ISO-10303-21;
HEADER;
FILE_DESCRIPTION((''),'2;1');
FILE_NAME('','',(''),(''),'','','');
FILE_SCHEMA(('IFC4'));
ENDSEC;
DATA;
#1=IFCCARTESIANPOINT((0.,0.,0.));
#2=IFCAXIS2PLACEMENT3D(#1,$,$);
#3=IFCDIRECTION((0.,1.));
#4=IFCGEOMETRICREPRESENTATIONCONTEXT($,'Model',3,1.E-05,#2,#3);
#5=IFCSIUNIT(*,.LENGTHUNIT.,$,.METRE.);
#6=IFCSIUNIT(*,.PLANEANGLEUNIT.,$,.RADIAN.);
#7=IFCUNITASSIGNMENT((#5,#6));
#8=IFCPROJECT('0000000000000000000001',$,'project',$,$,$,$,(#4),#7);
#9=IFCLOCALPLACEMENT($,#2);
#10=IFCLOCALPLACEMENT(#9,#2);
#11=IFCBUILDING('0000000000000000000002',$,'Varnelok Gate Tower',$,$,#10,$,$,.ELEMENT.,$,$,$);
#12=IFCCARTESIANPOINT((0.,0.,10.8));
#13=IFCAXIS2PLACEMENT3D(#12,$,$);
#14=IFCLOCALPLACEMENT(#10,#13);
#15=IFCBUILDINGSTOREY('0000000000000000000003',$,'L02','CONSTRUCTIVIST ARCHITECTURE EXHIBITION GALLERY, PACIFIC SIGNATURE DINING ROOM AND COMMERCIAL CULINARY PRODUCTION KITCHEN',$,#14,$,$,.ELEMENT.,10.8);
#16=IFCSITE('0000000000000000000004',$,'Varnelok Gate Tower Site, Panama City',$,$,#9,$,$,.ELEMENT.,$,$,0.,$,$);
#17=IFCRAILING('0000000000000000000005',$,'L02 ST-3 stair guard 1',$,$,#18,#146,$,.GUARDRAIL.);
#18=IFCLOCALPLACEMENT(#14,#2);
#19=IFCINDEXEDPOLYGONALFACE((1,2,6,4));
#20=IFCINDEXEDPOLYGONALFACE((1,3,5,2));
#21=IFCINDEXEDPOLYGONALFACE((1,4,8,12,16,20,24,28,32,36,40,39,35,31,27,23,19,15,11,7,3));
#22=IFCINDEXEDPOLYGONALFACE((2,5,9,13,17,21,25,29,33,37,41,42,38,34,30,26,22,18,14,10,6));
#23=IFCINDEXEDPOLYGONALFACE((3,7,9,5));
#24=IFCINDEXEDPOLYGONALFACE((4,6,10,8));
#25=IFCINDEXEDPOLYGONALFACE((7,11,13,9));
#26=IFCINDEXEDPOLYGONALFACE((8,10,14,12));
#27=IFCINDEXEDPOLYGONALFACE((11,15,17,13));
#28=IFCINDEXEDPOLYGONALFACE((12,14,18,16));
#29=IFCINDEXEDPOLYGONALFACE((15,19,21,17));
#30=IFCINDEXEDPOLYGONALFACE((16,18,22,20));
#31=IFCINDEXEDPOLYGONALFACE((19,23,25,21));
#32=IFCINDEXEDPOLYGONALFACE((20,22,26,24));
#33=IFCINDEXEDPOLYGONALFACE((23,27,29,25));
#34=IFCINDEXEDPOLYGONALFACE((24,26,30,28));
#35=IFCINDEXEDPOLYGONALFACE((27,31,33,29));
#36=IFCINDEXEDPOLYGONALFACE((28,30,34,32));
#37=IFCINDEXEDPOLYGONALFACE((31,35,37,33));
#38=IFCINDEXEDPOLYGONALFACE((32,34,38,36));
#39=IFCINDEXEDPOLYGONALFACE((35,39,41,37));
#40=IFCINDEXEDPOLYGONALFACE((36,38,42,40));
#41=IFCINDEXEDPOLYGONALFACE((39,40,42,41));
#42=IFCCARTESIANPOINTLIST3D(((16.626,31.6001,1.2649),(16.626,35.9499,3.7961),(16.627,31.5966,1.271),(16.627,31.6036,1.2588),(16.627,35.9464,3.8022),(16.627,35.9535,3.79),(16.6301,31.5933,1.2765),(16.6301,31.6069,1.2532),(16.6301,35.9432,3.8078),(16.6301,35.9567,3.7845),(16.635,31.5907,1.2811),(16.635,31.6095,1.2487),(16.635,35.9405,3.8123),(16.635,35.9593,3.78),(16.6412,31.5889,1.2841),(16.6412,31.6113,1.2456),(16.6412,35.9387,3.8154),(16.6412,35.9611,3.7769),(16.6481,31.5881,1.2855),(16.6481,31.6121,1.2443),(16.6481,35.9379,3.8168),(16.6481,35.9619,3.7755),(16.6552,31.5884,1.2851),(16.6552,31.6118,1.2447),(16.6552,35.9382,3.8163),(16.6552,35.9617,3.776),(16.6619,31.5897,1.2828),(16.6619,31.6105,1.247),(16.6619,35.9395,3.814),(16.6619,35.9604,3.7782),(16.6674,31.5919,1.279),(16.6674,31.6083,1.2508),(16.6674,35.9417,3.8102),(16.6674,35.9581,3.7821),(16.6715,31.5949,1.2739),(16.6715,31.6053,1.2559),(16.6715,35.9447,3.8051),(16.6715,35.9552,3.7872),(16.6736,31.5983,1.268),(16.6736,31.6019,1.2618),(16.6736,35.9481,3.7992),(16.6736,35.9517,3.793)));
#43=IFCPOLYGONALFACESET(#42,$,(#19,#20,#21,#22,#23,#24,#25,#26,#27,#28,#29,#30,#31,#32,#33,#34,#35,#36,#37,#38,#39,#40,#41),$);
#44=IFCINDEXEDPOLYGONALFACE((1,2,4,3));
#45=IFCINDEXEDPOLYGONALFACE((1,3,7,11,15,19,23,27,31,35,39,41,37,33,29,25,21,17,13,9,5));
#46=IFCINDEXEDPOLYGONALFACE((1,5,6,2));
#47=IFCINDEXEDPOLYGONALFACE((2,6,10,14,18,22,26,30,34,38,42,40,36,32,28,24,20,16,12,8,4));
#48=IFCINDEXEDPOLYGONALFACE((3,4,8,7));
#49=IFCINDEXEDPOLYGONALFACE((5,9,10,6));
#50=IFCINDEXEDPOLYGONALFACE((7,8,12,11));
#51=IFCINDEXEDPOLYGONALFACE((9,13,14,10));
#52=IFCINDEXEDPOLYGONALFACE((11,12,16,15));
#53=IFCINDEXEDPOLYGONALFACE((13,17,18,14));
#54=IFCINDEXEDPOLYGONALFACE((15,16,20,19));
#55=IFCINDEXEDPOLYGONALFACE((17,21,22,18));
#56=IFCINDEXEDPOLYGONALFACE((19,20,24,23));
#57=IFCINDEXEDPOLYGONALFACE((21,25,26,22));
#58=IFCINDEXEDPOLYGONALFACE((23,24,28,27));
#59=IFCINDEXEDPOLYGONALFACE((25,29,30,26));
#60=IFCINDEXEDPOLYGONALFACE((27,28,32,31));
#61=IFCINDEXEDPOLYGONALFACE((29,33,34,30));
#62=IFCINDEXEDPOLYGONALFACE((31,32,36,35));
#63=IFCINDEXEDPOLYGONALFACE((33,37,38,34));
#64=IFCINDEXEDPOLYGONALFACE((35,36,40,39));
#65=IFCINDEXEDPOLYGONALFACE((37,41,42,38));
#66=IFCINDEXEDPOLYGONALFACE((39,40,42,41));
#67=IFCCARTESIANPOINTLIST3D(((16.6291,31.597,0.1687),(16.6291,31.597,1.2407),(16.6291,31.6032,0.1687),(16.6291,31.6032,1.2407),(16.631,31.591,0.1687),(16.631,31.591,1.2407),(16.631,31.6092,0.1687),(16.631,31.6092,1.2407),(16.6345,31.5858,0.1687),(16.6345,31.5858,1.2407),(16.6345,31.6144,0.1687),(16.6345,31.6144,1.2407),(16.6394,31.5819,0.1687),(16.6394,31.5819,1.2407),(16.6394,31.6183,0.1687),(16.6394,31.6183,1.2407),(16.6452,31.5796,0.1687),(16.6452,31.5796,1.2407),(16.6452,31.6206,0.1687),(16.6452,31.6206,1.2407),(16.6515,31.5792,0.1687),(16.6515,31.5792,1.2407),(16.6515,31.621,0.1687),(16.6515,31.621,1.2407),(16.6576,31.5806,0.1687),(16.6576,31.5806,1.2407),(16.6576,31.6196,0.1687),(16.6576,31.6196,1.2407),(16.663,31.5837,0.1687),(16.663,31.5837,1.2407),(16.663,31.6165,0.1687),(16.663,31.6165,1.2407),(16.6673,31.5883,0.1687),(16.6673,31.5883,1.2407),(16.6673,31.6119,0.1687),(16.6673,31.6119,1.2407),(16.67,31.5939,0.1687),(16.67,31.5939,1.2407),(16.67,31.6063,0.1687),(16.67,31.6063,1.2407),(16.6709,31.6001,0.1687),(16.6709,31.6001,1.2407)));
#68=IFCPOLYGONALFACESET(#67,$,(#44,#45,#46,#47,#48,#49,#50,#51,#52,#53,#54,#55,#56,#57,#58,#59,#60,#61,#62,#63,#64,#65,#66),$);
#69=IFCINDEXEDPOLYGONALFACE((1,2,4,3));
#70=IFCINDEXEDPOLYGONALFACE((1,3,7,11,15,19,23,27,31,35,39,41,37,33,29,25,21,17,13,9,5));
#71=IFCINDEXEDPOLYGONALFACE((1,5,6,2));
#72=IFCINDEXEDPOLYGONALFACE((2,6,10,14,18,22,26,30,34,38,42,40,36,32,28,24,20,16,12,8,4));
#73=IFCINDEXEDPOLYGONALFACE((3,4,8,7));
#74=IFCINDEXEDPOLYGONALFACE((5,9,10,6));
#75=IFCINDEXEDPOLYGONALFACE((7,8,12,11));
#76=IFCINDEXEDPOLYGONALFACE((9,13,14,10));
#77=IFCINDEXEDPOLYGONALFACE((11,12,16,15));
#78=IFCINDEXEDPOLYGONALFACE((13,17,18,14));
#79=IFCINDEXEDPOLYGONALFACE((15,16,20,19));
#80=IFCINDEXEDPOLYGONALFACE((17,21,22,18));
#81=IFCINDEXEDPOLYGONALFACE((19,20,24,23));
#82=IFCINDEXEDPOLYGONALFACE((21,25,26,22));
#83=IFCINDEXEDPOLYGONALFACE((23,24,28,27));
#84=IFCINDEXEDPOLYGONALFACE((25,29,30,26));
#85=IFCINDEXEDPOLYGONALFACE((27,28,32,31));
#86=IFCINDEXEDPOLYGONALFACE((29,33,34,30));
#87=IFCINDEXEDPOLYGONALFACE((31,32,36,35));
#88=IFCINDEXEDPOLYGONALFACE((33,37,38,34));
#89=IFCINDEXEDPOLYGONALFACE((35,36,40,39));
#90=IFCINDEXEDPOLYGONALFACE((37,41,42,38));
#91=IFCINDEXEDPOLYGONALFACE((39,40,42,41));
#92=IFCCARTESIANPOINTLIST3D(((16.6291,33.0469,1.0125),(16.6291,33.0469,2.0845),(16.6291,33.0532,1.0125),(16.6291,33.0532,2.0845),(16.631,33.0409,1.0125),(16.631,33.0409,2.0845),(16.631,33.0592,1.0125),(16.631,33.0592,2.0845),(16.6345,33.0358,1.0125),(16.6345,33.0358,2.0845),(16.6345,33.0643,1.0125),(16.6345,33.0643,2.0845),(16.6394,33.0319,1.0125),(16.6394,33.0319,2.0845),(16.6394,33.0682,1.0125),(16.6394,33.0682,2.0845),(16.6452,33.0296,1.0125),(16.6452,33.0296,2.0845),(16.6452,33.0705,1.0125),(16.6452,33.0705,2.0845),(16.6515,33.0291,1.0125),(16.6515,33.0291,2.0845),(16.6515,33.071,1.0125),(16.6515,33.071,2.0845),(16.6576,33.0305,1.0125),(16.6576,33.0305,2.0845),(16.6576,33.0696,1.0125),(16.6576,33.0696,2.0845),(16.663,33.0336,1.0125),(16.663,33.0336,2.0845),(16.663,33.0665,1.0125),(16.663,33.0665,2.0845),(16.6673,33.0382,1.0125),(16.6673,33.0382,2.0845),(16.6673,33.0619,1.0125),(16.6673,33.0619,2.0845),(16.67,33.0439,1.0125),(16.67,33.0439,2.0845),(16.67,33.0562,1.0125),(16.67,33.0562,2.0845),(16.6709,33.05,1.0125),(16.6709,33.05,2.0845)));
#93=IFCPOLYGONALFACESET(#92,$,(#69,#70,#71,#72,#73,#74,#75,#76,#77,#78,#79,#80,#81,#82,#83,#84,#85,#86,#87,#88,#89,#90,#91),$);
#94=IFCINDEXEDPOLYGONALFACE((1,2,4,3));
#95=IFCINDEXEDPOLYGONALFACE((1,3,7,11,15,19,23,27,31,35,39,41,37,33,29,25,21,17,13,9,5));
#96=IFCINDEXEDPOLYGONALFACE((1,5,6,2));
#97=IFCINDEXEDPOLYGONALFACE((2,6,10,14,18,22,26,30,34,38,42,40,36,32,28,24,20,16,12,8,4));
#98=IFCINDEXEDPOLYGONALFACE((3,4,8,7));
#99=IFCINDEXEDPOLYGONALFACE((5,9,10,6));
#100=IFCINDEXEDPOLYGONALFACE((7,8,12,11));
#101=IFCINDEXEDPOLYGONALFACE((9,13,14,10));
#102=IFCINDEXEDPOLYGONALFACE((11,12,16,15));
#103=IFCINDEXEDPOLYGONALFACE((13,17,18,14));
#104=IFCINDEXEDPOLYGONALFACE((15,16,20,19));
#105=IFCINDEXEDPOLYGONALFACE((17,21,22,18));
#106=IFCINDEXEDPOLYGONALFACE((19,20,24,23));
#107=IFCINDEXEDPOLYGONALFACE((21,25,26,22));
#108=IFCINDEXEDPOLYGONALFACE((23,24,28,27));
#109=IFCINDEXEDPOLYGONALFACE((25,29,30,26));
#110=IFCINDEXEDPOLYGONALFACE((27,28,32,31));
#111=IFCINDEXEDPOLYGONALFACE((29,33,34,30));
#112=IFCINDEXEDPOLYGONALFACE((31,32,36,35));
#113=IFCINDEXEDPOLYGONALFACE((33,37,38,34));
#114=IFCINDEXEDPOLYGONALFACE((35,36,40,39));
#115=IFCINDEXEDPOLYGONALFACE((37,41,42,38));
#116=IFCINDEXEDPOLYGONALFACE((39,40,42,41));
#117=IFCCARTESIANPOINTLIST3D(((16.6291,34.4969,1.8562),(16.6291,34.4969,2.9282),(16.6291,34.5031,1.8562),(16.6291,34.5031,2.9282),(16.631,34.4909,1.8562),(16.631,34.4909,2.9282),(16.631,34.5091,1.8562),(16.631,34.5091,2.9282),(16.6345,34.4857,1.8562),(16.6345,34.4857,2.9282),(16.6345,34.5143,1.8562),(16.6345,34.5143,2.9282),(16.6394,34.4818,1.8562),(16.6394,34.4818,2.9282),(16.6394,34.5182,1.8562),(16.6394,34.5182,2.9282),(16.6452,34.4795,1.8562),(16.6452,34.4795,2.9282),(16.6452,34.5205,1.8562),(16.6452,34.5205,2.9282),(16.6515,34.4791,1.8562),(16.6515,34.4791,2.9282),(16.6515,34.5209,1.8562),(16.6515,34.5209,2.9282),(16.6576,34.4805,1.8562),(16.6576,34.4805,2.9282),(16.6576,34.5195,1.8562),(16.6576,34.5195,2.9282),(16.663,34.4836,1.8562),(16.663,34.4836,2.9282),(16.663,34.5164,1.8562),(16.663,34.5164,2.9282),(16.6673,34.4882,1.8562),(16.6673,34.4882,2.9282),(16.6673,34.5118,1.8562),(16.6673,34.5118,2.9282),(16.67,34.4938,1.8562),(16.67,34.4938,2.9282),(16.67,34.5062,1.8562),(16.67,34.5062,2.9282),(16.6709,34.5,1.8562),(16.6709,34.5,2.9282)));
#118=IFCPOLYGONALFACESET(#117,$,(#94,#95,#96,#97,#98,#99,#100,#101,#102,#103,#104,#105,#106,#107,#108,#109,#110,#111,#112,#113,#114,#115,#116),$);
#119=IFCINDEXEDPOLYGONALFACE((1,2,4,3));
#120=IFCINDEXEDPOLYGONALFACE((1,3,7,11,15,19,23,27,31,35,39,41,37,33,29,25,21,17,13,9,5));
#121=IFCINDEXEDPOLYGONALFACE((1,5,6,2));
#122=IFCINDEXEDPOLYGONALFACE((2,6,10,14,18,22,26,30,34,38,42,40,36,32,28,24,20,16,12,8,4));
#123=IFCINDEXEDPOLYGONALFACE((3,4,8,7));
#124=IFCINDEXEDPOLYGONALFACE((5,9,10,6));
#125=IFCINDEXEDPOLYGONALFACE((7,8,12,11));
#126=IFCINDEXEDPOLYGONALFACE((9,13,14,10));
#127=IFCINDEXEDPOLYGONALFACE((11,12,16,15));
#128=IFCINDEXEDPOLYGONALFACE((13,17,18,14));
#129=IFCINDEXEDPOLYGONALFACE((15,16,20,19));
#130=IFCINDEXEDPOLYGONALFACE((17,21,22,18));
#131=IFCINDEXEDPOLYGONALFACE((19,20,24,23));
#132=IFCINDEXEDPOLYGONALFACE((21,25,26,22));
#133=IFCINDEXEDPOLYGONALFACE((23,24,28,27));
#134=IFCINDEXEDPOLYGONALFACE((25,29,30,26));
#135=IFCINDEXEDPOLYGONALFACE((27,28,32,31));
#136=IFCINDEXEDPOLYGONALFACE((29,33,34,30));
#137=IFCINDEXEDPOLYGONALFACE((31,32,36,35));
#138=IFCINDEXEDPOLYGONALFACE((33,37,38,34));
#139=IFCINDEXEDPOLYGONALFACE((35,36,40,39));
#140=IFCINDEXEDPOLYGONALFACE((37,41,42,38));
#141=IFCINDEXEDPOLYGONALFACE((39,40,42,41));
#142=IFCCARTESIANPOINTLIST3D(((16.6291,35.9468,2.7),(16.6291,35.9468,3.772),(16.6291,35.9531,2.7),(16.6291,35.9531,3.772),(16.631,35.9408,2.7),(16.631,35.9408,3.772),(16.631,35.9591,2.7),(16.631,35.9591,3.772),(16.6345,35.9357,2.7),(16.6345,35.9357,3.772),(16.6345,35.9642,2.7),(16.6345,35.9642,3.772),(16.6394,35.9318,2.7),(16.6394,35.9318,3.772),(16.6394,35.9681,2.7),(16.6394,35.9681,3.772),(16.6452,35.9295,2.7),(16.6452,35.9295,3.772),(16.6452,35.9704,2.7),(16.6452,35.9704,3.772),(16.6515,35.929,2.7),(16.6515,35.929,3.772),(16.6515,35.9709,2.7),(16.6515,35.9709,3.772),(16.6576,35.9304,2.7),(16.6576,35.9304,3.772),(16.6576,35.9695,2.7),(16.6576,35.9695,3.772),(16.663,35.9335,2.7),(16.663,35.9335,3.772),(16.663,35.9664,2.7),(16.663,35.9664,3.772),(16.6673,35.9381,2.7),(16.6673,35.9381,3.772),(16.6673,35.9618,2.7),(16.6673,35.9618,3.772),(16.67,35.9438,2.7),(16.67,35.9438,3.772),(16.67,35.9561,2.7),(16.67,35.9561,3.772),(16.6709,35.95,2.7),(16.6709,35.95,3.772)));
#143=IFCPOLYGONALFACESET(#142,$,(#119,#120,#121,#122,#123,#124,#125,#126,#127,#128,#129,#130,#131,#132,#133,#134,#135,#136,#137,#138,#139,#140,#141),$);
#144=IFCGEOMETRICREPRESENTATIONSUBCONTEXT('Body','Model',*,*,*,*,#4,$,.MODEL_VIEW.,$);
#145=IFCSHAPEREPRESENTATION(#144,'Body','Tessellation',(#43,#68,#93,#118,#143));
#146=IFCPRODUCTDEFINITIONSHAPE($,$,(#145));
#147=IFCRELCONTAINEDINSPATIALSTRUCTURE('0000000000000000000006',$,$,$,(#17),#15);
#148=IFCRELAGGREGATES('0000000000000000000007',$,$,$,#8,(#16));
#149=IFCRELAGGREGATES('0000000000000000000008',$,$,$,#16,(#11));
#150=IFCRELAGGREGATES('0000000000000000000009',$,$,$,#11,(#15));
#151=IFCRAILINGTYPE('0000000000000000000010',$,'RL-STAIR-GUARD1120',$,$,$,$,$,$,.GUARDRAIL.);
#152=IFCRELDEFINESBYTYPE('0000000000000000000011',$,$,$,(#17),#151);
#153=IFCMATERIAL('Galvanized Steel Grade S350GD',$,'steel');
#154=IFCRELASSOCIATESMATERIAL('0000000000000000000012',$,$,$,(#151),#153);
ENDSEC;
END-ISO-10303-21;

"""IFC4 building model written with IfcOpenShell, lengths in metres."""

from ifc_helpers import new_model, si_unit, direction, frame, origin, origin_2d, place, context, subcontext, project, spatial, circle, extrude, material, type_object, element, save


model = new_model("IFC4")

# Units and contexts
model_context = context("Model", 3, precision=1e-05, world=origin(), true_north=direction((0.0, 1.0)))
body_context = subcontext(model_context, "Body", "Model", "MODEL_VIEW")
ifc_project = project(units=[si_unit("LENGTHUNIT", "METRE"), si_unit("PLANEANGLEUNIT", "RADIAN")], contexts=[model_context])

# Site, building, storey
site_placement = place(None, origin())
site = spatial("IfcSite", under=ifc_project, at=site_placement, Name="Varnelok Gate Tower Site, Panama City", CompositionType="ELEMENT", RefElevation=0.0)
building_placement = place(site_placement, origin())
building = spatial("IfcBuilding", under=site, at=building_placement, Name="Varnelok Gate Tower", CompositionType="ELEMENT")
storey_placement = place(building_placement, frame((0.0, 0.0, 10.8)))
storey = spatial("IfcBuildingStorey", under=building, at=storey_placement, Name="L02", Description="CONSTRUCTIVIST ARCHITECTURE EXHIBITION GALLERY, PACIFIC SIGNATURE DINING ROOM AND COMMERCIAL CULINARY PRODUCTION KITCHEN", CompositionType="ELEMENT", Elevation=10.8)

# Shared definitions
ifc_material_1 = material(Name="Galvanized Steel Grade S350GD", Category="steel")

# Railing
railing_type_1 = type_object("IfcRailingType", Name="RL-STAIR-GUARD1120", PredefinedType="GUARDRAIL", material=ifc_material_1)
railing_1_placement = place(storey_placement, frame((16.6499, 31.6001, 0.1687)))
element("IfcRailing", 1, at=railing_1_placement, inside=storey, type_object=railing_type_1, Name="L02 ST-3 stair guard 1", PredefinedType="GUARDRAIL", context=body_context, shape_type="SweptSolid", body=[
    extrude(circle(Radius=0.0239, at=origin_2d()), frame((0.0, 0.0, 1.0962), z_axis=(0.0, 0.864312, 0.502957), x_axis=(-1.0, 0.0, 0.0)), (0.0, 0.0, 1.0), 5.0327),
    extrude(circle(Radius=0.021, at=origin_2d()), origin(), (0.0, 0.0, 1.0), 1.072),
    extrude(circle(Radius=0.021, at=origin_2d()), frame((0.0, 1.45, 0.8438)), (0.0, 0.0, 1.0), 1.072),
    extrude(circle(Radius=0.021, at=origin_2d()), frame((0.0, 2.8999, 1.6875)), (0.0, 0.0, 1.0), 1.072),
    extrude(circle(Radius=0.021, at=origin_2d()), frame((0.0, 4.3499, 2.5312)), (0.0, 0.0, 1.0), 1.072),
])

save(model, "model.ifc")
